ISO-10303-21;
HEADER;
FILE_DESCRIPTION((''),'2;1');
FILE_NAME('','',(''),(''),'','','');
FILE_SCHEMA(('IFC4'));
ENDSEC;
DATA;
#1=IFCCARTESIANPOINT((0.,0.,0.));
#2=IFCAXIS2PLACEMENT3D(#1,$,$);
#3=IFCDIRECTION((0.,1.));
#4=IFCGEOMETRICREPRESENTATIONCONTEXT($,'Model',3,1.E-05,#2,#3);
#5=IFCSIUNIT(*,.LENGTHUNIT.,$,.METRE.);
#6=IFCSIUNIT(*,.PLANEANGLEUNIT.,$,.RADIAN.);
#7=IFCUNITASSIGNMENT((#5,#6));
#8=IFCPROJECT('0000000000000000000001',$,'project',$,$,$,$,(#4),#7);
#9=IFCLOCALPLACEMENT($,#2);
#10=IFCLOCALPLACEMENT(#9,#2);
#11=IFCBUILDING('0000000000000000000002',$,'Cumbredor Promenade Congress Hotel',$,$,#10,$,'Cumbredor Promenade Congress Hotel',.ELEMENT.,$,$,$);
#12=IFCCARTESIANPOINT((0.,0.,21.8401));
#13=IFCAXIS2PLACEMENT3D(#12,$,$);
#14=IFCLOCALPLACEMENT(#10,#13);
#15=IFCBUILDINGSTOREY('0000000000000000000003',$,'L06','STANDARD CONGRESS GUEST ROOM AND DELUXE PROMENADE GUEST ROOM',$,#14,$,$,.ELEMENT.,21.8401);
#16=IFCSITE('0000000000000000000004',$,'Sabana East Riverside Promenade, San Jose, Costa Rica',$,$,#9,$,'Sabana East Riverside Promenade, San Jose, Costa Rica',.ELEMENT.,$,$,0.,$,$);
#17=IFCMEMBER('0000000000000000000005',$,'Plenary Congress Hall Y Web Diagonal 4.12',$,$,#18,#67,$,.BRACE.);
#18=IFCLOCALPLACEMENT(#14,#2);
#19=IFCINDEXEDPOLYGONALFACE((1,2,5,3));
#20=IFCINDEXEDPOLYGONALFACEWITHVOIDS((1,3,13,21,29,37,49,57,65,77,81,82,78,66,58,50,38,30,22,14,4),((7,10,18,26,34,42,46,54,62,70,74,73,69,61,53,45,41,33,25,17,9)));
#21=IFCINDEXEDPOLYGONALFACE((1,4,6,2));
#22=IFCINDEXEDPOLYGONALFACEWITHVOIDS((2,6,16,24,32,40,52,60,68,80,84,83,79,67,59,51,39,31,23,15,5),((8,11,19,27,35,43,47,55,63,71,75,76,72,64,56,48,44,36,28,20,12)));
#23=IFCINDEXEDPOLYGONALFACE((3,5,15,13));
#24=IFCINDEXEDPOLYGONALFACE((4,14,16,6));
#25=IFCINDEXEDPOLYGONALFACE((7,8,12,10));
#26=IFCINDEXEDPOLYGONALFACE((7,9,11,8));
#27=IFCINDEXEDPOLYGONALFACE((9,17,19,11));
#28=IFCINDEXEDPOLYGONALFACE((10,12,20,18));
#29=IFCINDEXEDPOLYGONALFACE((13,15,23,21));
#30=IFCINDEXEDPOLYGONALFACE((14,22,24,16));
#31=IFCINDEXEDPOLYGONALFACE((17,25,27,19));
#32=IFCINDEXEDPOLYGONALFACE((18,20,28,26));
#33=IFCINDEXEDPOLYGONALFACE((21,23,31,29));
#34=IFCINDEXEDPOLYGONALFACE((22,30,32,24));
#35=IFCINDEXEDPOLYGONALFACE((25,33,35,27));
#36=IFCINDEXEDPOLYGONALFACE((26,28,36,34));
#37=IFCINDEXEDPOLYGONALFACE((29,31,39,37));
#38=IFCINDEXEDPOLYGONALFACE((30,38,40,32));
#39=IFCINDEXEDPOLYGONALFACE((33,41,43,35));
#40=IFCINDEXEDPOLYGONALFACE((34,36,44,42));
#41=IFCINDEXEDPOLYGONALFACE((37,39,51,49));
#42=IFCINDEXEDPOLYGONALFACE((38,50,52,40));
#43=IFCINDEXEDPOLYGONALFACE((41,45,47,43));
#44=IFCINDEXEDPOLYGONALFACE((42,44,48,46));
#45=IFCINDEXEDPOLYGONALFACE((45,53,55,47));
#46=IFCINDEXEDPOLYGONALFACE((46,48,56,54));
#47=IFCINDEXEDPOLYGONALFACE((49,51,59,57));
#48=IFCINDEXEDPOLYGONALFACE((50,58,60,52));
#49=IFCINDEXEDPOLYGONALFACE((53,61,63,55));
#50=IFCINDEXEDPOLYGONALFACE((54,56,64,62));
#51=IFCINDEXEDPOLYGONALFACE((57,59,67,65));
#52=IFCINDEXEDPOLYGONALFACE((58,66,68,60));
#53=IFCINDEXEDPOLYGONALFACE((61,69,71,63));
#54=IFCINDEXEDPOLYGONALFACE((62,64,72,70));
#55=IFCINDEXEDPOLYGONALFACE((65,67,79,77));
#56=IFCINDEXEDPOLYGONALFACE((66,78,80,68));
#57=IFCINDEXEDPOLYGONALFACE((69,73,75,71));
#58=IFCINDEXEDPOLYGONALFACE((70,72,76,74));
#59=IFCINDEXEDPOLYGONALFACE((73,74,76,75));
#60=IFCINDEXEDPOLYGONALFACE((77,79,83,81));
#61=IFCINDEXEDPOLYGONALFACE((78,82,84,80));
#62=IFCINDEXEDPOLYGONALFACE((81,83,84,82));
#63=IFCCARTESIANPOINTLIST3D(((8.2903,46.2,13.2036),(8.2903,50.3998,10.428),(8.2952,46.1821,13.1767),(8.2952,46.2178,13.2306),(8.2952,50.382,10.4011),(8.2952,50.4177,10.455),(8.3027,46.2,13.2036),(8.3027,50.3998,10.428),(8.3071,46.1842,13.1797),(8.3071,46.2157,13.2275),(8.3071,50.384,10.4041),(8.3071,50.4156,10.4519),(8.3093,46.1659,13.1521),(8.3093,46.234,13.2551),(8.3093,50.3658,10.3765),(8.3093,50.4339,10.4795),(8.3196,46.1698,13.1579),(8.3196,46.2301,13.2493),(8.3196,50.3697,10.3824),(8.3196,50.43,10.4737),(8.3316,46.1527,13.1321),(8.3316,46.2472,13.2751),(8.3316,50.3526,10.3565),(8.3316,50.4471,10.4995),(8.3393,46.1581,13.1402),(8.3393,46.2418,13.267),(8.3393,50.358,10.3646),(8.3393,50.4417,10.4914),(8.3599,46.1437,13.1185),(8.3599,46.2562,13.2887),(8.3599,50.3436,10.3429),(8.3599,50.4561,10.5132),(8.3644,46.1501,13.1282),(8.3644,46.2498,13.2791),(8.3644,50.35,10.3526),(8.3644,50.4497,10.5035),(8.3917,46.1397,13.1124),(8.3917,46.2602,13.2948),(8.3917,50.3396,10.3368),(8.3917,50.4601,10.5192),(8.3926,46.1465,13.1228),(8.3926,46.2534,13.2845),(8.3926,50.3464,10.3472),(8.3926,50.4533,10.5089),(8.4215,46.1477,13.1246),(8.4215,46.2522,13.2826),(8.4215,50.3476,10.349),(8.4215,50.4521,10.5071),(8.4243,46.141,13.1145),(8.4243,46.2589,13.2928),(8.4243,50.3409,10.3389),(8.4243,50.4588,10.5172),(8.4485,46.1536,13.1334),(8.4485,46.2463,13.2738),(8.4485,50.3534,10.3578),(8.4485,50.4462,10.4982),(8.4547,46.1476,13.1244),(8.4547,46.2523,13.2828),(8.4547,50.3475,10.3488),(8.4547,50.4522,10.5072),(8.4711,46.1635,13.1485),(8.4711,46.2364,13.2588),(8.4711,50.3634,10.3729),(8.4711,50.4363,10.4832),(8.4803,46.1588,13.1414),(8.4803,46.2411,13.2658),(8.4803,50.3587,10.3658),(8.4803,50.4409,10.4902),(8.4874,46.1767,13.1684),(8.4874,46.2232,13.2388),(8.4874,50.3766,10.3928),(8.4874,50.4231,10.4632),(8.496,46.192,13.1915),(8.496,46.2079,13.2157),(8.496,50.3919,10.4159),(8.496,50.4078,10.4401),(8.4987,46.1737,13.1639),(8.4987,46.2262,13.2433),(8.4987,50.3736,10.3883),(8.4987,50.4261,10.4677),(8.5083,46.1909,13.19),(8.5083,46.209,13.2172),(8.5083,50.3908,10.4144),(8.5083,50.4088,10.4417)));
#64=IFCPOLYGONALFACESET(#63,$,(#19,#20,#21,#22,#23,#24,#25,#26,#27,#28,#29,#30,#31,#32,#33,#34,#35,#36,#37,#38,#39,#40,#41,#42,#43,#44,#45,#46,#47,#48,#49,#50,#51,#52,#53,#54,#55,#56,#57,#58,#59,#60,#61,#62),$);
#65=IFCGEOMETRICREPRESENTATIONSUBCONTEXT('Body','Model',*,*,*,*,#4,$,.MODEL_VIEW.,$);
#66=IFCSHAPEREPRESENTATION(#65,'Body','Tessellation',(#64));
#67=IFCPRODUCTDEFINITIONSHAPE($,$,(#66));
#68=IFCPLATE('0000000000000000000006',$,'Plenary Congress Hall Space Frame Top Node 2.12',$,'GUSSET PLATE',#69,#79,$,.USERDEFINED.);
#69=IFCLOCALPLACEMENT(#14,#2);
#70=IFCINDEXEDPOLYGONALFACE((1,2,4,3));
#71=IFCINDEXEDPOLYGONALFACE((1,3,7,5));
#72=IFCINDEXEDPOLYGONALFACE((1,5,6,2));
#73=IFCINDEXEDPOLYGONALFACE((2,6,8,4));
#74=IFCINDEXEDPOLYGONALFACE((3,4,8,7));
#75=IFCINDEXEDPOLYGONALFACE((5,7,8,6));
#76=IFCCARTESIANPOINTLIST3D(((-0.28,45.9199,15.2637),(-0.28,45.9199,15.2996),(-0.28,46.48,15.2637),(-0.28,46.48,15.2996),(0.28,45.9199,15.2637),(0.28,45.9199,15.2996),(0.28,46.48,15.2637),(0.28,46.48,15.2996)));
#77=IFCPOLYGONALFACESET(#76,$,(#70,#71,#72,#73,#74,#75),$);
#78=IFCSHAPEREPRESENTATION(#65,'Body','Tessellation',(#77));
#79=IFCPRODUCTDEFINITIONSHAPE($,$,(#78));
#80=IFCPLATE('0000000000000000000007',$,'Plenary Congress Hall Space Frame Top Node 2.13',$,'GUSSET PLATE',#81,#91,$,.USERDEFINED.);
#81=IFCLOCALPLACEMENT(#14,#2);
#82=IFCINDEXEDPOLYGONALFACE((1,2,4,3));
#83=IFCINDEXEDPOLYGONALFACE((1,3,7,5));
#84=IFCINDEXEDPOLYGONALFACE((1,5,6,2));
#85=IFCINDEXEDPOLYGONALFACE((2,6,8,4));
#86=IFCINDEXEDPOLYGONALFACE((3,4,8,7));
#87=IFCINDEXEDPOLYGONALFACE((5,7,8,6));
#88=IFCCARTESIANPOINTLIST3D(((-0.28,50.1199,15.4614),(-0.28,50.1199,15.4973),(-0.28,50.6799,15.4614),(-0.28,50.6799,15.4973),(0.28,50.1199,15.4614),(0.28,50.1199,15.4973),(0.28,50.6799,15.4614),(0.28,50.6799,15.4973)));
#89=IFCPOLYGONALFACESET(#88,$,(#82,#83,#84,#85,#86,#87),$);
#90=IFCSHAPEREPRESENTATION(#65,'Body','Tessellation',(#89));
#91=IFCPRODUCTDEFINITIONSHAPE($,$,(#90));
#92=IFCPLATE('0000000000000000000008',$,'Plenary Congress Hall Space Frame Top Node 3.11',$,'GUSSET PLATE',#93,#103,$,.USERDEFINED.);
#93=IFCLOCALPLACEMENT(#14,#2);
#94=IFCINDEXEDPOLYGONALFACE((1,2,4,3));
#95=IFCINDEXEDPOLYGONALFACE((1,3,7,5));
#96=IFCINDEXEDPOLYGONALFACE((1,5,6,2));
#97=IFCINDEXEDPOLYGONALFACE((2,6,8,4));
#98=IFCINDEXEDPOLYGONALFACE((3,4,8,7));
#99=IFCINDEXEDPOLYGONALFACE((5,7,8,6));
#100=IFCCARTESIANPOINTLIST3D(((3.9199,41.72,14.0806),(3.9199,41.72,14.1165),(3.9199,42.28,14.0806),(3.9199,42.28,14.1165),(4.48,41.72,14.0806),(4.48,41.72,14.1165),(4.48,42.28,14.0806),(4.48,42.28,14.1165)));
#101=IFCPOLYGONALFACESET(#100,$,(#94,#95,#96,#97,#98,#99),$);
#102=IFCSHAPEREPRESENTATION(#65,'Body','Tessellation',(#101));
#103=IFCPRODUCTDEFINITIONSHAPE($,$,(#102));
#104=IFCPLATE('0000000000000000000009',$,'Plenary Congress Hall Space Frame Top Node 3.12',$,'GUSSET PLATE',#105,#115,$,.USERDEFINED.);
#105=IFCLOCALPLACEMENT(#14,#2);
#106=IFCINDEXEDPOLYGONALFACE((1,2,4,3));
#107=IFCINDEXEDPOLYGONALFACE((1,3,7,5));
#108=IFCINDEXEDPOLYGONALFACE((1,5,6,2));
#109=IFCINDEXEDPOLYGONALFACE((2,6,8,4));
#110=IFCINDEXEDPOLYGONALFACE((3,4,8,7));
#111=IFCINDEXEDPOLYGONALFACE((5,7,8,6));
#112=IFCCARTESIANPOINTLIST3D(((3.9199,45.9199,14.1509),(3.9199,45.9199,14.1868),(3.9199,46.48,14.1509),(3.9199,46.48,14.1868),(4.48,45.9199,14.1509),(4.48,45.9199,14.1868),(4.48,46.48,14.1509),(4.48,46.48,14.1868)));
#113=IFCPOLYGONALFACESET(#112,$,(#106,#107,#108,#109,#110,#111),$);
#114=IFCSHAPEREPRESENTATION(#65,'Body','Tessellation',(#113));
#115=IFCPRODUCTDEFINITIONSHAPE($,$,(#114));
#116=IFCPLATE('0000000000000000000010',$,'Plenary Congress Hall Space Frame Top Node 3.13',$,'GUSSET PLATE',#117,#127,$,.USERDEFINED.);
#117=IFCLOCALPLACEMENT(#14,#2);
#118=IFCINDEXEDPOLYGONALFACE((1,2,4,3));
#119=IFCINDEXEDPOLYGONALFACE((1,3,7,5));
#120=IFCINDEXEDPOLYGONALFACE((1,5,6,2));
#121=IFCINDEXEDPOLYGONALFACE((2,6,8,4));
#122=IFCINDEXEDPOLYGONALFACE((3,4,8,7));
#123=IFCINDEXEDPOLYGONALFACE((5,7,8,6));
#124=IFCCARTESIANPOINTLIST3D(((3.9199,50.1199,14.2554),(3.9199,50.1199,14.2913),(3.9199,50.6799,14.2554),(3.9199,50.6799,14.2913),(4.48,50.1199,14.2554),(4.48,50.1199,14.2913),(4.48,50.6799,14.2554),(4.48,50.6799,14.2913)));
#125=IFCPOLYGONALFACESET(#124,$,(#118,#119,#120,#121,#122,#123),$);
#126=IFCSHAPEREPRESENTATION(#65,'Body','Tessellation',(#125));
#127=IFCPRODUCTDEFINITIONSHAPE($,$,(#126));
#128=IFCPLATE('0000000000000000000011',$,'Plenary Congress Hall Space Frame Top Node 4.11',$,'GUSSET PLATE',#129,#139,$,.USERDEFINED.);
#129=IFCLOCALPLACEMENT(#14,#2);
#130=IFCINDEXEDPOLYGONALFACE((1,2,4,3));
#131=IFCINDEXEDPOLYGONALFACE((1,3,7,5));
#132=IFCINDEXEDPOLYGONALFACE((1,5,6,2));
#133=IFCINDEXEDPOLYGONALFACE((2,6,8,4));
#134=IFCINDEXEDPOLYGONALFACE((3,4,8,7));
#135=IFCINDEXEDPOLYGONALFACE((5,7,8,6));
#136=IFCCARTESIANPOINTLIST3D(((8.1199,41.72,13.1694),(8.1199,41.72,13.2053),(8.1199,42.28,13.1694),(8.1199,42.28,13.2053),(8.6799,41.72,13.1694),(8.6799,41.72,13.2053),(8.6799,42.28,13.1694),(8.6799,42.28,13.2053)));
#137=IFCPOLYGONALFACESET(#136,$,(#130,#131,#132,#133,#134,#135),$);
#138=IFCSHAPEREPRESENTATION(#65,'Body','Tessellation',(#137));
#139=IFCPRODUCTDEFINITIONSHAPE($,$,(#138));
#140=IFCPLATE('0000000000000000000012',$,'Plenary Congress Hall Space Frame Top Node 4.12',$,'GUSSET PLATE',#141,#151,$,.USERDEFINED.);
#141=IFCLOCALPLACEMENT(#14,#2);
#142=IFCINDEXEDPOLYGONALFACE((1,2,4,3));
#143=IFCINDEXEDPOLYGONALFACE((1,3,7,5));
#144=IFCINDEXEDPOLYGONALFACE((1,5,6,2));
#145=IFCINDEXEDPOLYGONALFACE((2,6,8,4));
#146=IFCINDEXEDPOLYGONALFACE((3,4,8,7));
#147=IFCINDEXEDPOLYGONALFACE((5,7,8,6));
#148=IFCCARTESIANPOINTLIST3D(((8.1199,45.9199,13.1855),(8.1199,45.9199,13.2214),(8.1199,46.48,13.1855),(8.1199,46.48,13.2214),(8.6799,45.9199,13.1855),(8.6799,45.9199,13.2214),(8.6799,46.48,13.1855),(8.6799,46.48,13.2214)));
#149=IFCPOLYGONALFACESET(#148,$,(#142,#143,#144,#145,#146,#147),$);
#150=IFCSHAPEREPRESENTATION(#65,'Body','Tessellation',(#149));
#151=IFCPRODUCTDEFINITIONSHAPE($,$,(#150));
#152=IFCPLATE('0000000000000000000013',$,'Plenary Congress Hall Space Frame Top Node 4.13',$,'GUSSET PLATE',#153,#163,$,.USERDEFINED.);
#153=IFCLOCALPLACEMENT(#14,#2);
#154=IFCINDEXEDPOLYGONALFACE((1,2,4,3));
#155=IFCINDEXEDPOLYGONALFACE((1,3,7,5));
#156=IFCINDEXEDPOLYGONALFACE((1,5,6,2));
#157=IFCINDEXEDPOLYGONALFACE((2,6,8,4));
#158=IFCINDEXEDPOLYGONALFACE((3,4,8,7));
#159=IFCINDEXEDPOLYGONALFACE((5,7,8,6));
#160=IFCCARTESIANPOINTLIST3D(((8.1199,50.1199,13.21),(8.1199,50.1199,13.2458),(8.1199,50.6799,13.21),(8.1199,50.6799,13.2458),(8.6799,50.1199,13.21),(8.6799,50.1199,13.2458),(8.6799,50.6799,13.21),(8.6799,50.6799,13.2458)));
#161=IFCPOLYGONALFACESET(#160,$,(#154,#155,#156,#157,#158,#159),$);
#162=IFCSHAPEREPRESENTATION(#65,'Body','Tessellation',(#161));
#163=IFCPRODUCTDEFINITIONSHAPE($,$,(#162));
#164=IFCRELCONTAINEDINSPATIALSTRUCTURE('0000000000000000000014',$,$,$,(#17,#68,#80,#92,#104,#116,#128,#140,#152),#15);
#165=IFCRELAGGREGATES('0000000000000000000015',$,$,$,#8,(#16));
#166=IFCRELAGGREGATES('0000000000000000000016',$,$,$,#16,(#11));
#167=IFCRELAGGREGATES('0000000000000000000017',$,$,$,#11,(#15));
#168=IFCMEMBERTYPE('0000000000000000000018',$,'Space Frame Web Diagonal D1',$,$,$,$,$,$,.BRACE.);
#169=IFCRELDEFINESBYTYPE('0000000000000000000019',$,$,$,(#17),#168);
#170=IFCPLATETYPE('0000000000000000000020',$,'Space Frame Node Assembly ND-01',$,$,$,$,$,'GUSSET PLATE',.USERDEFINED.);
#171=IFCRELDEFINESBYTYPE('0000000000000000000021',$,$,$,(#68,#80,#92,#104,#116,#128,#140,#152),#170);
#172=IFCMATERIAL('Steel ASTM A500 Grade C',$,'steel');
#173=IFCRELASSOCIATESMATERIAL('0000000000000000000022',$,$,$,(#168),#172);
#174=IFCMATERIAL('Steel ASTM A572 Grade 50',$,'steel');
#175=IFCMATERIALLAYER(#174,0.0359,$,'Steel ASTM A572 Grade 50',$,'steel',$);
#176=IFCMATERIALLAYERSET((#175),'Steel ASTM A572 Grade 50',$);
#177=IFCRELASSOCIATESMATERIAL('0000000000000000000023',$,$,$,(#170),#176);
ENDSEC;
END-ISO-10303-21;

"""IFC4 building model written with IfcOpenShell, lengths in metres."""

from ifc_helpers import new_model, si_unit, direction, frame, origin, origin_2d, place, context, subcontext, project, spatial, rectangle, hollow_circle, extrude, material, layer, layer_set, material_profile, profile_set, type_object, element, save


model = new_model("IFC4")

# Units and contexts
model_context = context("Model", 3, precision=1e-05, world=origin(), true_north=direction((0.0, 1.0)))
body_context = subcontext(model_context, "Body", "Model", "MODEL_VIEW")
ifc_project = project(units=[si_unit("LENGTHUNIT", "METRE"), si_unit("PLANEANGLEUNIT", "RADIAN")], contexts=[model_context])

# Site, building, storey
site_placement = place(None, origin())
site = spatial("IfcSite", under=ifc_project, at=site_placement, Name="Sabana East Riverside Promenade, San Jose, Costa Rica", LongName="Sabana East Riverside Promenade, San Jose, Costa Rica", CompositionType="ELEMENT", RefElevation=0.0)
building_placement = place(site_placement, origin())
building = spatial("IfcBuilding", under=site, at=building_placement, Name="Cumbredor Promenade Congress Hotel", LongName="Cumbredor Promenade Congress Hotel", CompositionType="ELEMENT")
storey_placement = place(building_placement, frame((0.0, 0.0, 21.8401)))
storey = spatial("IfcBuildingStorey", under=building, at=storey_placement, Name="L06", Description="STANDARD CONGRESS GUEST ROOM AND DELUXE PROMENADE GUEST ROOM", CompositionType="ELEMENT", Elevation=21.8401)

# Member
ifc_material_1 = material(Name="Steel ASTM A500 Grade C", Category="steel")
ifc_material_profile_1 = material_profile(ifc_material_1, hollow_circle(Radius=0.1096, WallThickness=0.0125, at=origin_2d()), Name="CHS 219.1x12.5")
ifc_profile_set_1 = profile_set([ifc_material_profile_1], Name="Steel ASTM A500 Grade C")
member_type_1 = type_object("IfcMemberType", Name="Space Frame Web Diagonal D1", PredefinedType="BRACE", material=ifc_profile_set_1)
member_1_placement = place(storey_placement, frame((8.3999, 46.2, 13.2036), z_axis=(0.0, 0.834274, -0.551349), x_axis=(-1.0, 0.0, 0.0)))
element("IfcMember", 1, at=member_1_placement, inside=storey, type_object=member_type_1, Name="Plenary Congress Hall Y Web Diagonal 4.12", PredefinedType="BRACE", context=body_context, shape_type="SweptSolid", body=[
    extrude(hollow_circle(Radius=0.1096, WallThickness=0.0125, at=origin_2d()), origin(), (0.0, 0.0, 1.0), 5.0342),
])

# Plates
ifc_material_2 = material(Name="Steel ASTM A572 Grade 50", Category="steel")
ifc_layer = layer(ifc_material_2, 0.0359, Name="Steel ASTM A572 Grade 50", Category="steel")
ifc_layer_set = layer_set([ifc_layer], Name="Steel ASTM A572 Grade 50")
plate_type = type_object("IfcPlateType", Name="Space Frame Node Assembly ND-01", ElementType="GUSSET PLATE", PredefinedType="USERDEFINED", material=ifc_layer_set)
for number, where, z_axis, x_axis, name in (
    (2, (0.0, 46.2, 15.2637), (0.0, 0.0, 1.0), (1.0, 0.0, 0.0), "Plenary Congress Hall Space Frame Top Node 2.12"),
    (3, (0.0, 50.3999, 15.4614), (0.0, 0.0, 1.0), (1.0, 0.0, 0.0), "Plenary Congress Hall Space Frame Top Node 2.13"),
    (4, (4.2, 42.0, 14.0806), (0.0, 0.0, 1.0), (1.0, 0.0, 0.0), "Plenary Congress Hall Space Frame Top Node 3.11"),
    (5, (4.2, 46.2, 14.1509), (0.0, 0.0, 1.0), (1.0, 0.0, 0.0), "Plenary Congress Hall Space Frame Top Node 3.12"),
    (6, (4.2, 50.3999, 14.2554), (0.0, 0.0, 1.0), (1.0, 0.0, 0.0), "Plenary Congress Hall Space Frame Top Node 3.13"),
    (7, (8.3999, 42.0, 13.1694), (0.0, 0.0, 1.0), (1.0, 0.0, 0.0), "Plenary Congress Hall Space Frame Top Node 4.11"),
    (8, (8.3999, 46.2, 13.1855), (0.0, 0.0, 1.0), (1.0, 0.0, 0.0), "Plenary Congress Hall Space Frame Top Node 4.12"),
    (9, (8.3999, 50.3999, 13.21), (0.0, 0.0, 1.0), (1.0, 0.0, 0.0), "Plenary Congress Hall Space Frame Top Node 4.13"),
):
    element("IfcPlate", number, at=place(storey_placement, frame(where, z_axis=z_axis, x_axis=x_axis)), inside=storey, type_object=plate_type, Name=name, ObjectType="GUSSET PLATE", PredefinedType="USERDEFINED", context=body_context, shape_type="SweptSolid", body=[
        extrude(rectangle(XDim=0.5601, YDim=0.5601, at=origin_2d()), origin(), (0.0, 0.0, 1.0), 0.0359),
    ])

save(model, "model.ifc")
